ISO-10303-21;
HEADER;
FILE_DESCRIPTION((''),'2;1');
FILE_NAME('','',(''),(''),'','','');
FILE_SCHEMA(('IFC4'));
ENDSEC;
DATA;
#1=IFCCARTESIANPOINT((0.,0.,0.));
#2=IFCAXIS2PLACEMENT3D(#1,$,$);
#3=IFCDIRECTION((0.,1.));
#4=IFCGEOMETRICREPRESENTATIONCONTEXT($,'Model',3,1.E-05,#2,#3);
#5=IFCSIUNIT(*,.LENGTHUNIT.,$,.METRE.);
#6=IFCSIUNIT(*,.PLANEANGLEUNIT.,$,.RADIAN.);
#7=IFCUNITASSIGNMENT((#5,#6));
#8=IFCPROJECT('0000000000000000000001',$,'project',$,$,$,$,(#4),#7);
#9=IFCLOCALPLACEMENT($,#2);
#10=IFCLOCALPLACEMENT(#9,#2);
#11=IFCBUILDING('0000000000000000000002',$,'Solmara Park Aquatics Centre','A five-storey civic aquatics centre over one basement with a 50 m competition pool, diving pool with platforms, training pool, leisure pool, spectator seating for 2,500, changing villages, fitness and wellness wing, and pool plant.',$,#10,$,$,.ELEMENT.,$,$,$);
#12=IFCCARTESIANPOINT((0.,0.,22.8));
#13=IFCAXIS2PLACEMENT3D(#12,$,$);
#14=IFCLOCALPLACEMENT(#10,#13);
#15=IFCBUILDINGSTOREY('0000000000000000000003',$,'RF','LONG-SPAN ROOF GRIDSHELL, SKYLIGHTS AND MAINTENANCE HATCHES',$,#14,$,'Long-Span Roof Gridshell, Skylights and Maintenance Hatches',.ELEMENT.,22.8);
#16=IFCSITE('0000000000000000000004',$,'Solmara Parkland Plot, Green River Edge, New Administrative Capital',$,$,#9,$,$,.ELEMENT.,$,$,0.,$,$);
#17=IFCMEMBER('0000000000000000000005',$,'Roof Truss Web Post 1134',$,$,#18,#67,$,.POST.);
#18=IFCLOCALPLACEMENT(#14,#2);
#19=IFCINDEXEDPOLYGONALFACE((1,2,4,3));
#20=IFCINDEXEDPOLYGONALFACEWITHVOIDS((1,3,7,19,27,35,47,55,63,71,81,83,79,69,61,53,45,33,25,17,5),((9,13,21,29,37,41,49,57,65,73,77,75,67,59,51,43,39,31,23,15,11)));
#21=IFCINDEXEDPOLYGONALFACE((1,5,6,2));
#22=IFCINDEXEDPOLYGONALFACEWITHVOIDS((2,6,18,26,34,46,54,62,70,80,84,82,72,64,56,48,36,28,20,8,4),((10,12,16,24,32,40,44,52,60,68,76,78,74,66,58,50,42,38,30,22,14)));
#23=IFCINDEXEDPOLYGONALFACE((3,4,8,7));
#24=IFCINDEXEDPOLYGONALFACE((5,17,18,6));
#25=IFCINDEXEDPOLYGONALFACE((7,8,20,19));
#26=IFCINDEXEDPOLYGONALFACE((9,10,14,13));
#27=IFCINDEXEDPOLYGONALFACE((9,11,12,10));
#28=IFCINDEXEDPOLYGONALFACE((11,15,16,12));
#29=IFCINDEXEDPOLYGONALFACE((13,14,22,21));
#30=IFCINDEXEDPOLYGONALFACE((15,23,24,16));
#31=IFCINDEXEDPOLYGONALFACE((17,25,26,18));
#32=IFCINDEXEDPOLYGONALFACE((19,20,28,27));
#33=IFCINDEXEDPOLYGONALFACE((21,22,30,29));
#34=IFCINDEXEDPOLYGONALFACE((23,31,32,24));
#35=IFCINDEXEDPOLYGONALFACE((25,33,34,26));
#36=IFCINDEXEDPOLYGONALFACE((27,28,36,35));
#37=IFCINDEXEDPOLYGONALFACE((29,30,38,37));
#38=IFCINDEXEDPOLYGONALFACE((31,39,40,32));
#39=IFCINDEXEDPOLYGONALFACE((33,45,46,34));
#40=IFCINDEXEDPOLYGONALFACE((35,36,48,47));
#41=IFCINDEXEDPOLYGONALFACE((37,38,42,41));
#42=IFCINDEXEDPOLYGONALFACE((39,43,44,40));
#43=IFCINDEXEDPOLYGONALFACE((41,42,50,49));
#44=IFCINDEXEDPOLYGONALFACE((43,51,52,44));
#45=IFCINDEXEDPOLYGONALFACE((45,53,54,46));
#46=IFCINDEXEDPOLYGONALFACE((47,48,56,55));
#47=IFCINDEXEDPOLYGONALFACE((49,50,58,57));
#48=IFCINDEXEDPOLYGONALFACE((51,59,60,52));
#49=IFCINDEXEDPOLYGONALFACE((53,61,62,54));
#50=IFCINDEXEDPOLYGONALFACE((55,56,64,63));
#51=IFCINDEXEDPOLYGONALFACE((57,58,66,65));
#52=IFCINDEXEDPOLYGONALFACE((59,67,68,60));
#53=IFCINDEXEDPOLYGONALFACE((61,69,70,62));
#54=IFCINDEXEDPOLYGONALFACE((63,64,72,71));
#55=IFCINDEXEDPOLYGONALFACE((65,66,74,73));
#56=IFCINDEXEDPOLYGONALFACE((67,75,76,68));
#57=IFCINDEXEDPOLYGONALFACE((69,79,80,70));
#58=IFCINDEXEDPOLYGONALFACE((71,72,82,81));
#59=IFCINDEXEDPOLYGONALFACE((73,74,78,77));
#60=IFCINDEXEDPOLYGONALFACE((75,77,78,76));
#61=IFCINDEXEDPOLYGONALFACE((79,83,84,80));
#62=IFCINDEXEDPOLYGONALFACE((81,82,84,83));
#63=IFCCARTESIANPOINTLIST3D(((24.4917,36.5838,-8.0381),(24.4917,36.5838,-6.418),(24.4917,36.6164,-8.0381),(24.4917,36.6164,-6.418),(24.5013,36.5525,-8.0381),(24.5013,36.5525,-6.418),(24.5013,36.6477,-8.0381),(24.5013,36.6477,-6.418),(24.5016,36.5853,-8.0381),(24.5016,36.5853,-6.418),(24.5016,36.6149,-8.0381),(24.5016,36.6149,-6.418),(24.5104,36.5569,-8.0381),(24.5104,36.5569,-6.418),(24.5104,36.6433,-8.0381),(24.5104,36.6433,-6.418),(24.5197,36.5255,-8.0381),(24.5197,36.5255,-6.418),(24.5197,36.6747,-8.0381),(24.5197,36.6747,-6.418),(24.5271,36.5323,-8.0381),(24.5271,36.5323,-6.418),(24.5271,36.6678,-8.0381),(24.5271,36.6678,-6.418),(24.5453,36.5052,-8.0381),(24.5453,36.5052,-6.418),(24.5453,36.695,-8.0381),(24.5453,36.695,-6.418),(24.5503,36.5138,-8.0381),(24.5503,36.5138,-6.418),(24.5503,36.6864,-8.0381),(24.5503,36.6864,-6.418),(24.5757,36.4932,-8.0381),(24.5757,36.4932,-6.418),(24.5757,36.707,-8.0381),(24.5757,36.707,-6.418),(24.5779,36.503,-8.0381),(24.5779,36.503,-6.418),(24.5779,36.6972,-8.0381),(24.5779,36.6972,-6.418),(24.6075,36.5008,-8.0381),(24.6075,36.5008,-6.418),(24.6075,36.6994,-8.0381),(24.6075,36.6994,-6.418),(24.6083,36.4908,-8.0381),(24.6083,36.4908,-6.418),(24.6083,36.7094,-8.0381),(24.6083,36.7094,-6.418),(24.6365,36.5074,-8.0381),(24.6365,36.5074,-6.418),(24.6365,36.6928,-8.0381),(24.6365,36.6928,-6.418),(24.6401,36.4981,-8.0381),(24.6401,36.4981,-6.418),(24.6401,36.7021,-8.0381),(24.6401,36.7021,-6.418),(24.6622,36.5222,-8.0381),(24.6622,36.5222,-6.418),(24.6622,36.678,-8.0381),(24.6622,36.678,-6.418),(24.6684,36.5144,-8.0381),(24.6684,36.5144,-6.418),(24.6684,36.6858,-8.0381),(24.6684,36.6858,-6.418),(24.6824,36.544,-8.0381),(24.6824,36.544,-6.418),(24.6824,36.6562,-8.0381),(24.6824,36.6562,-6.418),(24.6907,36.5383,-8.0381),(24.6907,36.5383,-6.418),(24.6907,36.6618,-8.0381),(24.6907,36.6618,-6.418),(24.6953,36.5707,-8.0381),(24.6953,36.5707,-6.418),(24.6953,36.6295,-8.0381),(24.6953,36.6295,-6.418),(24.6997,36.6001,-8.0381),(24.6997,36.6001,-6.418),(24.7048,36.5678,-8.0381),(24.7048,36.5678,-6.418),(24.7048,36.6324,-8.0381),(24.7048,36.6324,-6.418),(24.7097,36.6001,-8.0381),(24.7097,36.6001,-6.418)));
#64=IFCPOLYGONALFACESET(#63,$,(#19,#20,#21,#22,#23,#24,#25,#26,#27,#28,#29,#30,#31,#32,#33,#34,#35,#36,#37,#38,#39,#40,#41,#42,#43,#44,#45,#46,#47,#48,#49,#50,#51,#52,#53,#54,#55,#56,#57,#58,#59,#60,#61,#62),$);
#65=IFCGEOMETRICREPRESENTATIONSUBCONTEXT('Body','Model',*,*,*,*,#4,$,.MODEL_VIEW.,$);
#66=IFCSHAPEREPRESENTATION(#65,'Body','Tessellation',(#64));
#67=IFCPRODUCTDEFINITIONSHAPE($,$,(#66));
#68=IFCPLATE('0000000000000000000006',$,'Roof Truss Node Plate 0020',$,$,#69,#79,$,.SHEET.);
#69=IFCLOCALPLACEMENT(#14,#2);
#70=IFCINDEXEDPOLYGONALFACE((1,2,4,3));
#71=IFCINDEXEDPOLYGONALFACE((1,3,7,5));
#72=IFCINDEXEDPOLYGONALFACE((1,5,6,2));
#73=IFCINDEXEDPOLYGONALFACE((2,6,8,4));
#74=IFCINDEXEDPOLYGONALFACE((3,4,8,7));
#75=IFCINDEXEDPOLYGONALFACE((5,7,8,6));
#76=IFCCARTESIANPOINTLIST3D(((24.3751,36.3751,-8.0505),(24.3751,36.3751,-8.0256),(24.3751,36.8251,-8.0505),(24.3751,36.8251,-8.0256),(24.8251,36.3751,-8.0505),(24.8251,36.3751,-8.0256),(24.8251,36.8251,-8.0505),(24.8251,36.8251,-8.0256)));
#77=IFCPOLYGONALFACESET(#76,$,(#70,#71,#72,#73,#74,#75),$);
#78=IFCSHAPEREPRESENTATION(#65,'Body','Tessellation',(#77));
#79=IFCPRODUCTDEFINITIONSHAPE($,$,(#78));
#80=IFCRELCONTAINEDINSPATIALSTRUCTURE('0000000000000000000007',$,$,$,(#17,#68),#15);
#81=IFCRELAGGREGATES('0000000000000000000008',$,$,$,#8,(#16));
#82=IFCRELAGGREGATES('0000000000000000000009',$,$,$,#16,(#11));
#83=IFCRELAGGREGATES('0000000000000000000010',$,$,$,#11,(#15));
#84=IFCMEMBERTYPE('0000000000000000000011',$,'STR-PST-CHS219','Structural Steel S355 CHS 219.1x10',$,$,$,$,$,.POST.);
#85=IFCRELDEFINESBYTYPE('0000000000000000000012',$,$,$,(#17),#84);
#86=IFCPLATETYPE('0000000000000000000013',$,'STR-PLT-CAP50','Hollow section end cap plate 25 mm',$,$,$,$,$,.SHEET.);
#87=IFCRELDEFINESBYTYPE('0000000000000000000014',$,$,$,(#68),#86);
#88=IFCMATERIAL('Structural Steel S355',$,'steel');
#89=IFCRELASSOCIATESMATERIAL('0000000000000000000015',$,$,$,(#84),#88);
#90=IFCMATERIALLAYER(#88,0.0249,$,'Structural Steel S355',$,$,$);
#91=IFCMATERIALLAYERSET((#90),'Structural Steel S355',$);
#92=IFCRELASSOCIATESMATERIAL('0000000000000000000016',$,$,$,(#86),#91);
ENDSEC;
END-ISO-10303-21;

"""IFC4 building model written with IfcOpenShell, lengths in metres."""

from ifc_helpers import new_model, si_unit, direction, frame, origin, origin_2d, place, context, subcontext, project, spatial, rectangle, hollow_circle, extrude, material, layer, layer_set, material_profile, profile_set, type_object, element, save


model = new_model("IFC4")

# Units and contexts
model_context = context("Model", 3, precision=1e-05, world=origin(), true_north=direction((0.0, 1.0)))
body_context = subcontext(model_context, "Body", "Model", "MODEL_VIEW")
ifc_project = project(units=[si_unit("LENGTHUNIT", "METRE"), si_unit("PLANEANGLEUNIT", "RADIAN")], contexts=[model_context])

# Site, building, storey
site_placement = place(None, origin())
site = spatial("IfcSite", under=ifc_project, at=site_placement, Name="Solmara Parkland Plot, Green River Edge, New Administrative Capital", CompositionType="ELEMENT", RefElevation=0.0)
building_placement = place(site_placement, origin())
building = spatial("IfcBuilding", under=site, at=building_placement, Name="Solmara Park Aquatics Centre", Description="A five-storey civic aquatics centre over one basement with a 50 m competition pool, diving pool with platforms, training pool, leisure pool, spectator seating for 2,500, changing villages, fitness and wellness wing, and pool plant.", CompositionType="ELEMENT")
storey_placement = place(building_placement, frame((0.0, 0.0, 22.8)))
storey = spatial("IfcBuildingStorey", under=building, at=storey_placement, Name="RF", Description="LONG-SPAN ROOF GRIDSHELL, SKYLIGHTS AND MAINTENANCE HATCHES", LongName="Long-Span Roof Gridshell, Skylights and Maintenance Hatches", CompositionType="ELEMENT", Elevation=22.8)

# Member
ifc_material_1 = material(Name="Structural Steel S355", Category="steel")
ifc_material_profile_1 = material_profile(ifc_material_1, hollow_circle(Radius=0.1096, WallThickness=0.01, at=origin_2d()), Name="CHS 219.1x10")
ifc_profile_set_1 = profile_set([ifc_material_profile_1], Name="Structural Steel S355")
member_type_1 = type_object("IfcMemberType", Name="STR-PST-CHS219", Description="Structural Steel S355 CHS 219.1x10", PredefinedType="POST", material=ifc_profile_set_1)
for number, where, z_axis, x_axis, name in (
    (1, (24.6001, 36.6001, -8.0381), (0.0, 0.0, 1.0), (1.0, 0.0, 0.0), "Roof Truss Web Post 1134"),
):
    element("IfcMember", number, at=place(storey_placement, frame(where, z_axis=z_axis, x_axis=x_axis)), inside=storey, type_object=member_type_1, Name=name, PredefinedType="POST", context=body_context, shape_type="SweptSolid", body=[
        extrude(hollow_circle(Radius=0.1096, WallThickness=0.01, at=origin_2d()), origin(), (0.0, 0.0, 1.0), 1.6201),
    ])

# Plate
ifc_layer = layer(ifc_material_1, 0.0249, Name="Structural Steel S355")
ifc_layer_set = layer_set([ifc_layer], Name="Structural Steel S355")
plate_type = type_object("IfcPlateType", Name="STR-PLT-CAP50", Description="Hollow section end cap plate 25 mm", PredefinedType="SHEET", material=ifc_layer_set)
plate_placement = place(storey_placement, frame((24.6001, 36.6001, -8.0505), z_axis=(0.0, 0.0, 1.0), x_axis=(1.0, 0.0, 0.0)))
element("IfcPlate", 2, at=plate_placement, inside=storey, type_object=plate_type, Name="Roof Truss Node Plate 0020", PredefinedType="SHEET", context=body_context, shape_type="SweptSolid", body=[
    extrude(rectangle(XDim=0.45, YDim=0.45, at=origin_2d()), origin(), (0.0, 0.0, 1.0), 0.0249),
])

save(model, "model.ifc")
